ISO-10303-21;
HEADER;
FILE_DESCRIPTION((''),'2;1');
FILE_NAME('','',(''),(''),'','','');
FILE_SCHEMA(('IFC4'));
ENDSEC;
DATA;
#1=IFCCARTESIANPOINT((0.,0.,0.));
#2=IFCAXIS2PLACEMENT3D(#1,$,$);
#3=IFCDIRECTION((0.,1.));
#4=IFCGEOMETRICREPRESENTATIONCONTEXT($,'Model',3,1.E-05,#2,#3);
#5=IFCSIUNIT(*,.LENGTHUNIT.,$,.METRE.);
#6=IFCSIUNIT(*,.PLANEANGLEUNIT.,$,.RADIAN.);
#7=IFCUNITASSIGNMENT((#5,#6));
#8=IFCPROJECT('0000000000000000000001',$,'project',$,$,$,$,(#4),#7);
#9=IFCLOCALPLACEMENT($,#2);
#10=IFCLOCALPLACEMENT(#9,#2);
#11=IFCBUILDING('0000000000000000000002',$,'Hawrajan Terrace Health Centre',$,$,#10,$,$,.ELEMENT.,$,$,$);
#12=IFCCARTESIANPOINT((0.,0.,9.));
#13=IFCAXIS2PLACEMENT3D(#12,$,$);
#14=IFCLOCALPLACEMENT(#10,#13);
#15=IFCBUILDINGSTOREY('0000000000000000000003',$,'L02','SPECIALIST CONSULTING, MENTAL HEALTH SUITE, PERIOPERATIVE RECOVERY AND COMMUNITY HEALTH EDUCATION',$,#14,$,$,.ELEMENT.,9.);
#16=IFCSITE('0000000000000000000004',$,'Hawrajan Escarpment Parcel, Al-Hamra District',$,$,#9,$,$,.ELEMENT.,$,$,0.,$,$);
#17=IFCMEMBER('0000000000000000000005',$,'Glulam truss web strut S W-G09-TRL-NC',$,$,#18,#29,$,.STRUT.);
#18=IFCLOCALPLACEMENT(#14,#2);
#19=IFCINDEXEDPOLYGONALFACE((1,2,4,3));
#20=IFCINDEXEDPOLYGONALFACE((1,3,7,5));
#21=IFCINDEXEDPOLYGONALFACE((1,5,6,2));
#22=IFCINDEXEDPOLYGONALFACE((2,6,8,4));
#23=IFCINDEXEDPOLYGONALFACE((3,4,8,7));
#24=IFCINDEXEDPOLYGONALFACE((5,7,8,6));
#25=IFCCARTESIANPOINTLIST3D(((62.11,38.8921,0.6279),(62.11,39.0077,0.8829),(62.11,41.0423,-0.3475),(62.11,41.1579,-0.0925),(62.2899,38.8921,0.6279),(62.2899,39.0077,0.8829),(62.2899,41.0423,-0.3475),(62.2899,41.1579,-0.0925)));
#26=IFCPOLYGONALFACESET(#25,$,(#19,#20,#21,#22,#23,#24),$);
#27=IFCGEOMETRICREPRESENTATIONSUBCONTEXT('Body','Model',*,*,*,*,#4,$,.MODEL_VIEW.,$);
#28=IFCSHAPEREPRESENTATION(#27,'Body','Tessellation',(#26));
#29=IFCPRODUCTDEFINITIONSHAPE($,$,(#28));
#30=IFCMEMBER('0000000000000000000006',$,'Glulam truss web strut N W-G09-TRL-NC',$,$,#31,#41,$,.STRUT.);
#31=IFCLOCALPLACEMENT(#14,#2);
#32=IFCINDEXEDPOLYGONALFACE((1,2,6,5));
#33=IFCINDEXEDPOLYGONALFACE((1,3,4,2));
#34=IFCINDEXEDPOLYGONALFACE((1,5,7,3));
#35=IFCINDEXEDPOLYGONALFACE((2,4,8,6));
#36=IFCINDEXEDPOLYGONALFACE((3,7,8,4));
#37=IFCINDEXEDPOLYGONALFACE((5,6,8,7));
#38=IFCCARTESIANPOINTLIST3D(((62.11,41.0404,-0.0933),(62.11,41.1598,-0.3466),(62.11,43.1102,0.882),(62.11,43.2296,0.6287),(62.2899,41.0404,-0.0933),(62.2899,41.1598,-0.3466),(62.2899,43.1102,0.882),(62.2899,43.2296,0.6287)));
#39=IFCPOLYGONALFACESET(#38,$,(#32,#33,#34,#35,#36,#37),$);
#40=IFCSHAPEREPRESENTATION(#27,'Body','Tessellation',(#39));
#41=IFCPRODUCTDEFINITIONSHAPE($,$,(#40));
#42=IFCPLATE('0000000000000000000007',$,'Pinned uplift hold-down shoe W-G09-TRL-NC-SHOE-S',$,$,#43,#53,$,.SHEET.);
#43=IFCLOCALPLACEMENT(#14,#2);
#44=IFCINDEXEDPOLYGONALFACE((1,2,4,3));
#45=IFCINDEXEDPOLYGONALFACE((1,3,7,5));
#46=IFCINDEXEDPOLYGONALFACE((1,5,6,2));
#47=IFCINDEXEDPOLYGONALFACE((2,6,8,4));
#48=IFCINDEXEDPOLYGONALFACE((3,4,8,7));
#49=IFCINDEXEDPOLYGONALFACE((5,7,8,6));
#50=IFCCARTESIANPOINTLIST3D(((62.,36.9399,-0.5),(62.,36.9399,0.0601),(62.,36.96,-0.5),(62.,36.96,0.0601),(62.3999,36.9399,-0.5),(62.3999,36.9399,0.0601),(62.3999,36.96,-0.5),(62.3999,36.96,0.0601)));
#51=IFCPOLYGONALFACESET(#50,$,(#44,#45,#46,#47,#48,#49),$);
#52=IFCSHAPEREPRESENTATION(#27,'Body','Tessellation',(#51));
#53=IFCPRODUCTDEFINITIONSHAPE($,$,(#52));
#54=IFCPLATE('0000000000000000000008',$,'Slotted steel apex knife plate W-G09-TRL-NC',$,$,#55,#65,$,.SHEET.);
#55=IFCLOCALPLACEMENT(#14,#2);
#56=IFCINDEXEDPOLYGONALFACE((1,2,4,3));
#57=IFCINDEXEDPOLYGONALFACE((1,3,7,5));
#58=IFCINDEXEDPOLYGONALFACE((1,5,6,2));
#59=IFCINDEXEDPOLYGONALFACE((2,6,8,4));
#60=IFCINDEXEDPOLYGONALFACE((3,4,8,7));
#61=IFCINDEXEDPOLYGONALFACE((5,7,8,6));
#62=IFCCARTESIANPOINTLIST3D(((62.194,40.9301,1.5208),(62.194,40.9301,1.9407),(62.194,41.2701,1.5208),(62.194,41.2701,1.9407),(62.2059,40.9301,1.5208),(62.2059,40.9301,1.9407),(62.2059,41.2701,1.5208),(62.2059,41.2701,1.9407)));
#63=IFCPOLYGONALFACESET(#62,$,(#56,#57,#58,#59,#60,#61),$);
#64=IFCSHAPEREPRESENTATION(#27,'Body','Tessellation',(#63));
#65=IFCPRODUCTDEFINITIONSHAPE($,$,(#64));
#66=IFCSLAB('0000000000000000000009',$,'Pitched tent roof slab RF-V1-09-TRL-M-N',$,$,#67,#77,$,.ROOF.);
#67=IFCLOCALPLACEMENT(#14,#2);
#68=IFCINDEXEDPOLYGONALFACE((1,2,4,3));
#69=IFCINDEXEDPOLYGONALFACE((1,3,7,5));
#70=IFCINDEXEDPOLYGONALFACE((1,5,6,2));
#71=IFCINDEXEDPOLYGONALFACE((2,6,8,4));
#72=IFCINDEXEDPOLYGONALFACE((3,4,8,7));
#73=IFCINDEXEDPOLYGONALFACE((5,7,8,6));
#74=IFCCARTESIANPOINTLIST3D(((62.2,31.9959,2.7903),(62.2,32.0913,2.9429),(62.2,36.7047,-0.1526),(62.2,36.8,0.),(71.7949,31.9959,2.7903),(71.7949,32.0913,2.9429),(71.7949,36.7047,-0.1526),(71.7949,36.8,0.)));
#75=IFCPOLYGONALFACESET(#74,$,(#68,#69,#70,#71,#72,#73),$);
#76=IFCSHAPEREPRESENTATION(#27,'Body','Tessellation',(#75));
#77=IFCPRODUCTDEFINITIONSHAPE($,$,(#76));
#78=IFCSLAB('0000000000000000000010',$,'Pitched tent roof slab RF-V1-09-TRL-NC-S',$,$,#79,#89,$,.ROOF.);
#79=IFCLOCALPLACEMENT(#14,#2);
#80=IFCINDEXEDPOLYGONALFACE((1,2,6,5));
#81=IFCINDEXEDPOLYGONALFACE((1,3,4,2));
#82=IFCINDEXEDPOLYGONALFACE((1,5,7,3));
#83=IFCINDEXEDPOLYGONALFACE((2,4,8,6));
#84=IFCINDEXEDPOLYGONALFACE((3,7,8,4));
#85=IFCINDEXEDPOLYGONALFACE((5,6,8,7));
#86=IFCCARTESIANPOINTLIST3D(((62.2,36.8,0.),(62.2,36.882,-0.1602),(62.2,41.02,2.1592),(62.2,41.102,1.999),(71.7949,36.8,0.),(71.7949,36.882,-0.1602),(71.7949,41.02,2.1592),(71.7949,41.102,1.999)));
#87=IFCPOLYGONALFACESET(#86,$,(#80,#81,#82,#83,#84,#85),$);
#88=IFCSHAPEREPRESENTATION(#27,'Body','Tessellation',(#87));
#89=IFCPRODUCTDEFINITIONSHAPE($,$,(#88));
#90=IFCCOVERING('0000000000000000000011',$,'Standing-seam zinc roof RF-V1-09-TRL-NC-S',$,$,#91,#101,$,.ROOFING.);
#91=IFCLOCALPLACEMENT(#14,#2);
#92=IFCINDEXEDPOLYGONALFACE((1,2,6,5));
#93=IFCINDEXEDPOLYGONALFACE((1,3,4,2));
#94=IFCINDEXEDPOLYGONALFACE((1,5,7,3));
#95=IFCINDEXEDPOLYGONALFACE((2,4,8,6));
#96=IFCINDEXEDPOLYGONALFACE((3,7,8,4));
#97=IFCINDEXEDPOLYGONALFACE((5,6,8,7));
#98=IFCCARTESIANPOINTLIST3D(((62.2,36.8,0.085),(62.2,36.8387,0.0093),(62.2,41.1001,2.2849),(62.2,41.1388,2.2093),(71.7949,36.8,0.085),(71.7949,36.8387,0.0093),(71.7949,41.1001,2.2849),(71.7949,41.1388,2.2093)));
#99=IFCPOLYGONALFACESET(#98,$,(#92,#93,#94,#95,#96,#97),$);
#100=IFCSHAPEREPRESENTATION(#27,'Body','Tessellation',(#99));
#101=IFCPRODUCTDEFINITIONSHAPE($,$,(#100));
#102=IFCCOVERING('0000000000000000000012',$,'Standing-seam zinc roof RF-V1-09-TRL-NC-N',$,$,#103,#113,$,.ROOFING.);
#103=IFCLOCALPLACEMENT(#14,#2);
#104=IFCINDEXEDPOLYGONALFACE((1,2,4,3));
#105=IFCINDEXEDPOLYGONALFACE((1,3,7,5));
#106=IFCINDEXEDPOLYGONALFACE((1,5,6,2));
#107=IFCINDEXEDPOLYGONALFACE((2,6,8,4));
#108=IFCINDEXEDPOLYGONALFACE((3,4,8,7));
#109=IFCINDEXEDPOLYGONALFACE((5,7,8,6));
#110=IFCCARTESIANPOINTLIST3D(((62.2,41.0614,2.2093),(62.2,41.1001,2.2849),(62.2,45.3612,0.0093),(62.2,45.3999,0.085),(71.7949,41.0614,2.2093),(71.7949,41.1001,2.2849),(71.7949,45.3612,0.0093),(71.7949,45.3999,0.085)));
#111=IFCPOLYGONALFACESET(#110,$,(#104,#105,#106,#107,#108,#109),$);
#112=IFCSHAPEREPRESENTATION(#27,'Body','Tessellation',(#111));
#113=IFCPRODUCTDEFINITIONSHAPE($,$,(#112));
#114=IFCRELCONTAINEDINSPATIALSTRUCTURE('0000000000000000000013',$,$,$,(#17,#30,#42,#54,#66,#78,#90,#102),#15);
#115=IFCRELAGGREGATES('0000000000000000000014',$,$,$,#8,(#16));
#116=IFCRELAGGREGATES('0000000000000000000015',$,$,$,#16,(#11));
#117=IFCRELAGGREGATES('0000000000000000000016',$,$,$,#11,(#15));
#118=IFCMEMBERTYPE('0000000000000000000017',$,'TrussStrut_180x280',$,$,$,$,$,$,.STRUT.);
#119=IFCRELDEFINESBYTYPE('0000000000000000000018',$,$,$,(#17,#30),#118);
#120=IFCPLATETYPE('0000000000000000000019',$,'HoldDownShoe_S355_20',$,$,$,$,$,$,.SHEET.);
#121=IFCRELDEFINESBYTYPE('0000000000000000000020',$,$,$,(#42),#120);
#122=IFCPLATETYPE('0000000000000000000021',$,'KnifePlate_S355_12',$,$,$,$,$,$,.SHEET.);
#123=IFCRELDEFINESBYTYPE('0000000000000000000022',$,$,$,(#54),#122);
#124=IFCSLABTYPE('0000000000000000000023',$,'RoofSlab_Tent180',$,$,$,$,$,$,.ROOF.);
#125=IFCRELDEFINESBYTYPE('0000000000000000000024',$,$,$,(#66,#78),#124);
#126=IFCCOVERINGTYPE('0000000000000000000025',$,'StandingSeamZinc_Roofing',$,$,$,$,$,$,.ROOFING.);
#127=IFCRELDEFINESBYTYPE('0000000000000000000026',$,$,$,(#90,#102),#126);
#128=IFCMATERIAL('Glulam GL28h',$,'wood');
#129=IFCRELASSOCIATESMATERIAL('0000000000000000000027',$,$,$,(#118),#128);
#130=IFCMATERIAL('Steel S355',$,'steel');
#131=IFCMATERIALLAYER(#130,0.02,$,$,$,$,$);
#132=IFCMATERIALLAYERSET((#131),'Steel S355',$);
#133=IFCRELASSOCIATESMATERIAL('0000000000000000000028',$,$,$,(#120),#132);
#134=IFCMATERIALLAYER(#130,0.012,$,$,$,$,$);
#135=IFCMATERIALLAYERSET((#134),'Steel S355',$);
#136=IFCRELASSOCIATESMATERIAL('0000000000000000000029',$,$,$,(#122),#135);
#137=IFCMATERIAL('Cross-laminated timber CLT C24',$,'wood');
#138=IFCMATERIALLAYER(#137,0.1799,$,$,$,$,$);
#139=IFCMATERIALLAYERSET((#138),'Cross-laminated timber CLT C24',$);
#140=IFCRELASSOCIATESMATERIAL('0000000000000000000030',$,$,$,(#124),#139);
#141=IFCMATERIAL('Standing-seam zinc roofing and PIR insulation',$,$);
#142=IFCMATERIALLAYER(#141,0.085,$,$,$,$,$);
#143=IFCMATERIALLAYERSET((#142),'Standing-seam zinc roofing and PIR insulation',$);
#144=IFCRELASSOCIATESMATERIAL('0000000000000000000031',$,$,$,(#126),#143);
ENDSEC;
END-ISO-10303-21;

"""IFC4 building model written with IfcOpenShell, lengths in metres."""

from ifc_helpers import new_model, si_unit, direction, frame, origin, origin_2d, place, context, subcontext, project, spatial, polyline, rectangle, outline, extrude, material, layer, layer_set, material_profile, profile_set, type_object, element, save


model = new_model("IFC4")

# Units and contexts
model_context = context("Model", 3, precision=1e-05, world=origin(), true_north=direction((0.0, 1.0)))
body_context = subcontext(model_context, "Body", "Model", "MODEL_VIEW")
ifc_project = project(units=[si_unit("LENGTHUNIT", "METRE"), si_unit("PLANEANGLEUNIT", "RADIAN")], contexts=[model_context])

# Site, building, storey
site_placement = place(None, origin())
site = spatial("IfcSite", under=ifc_project, at=site_placement, Name="Hawrajan Escarpment Parcel, Al-Hamra District", CompositionType="ELEMENT", RefElevation=0.0)
building_placement = place(site_placement, origin())
building = spatial("IfcBuilding", under=site, at=building_placement, Name="Hawrajan Terrace Health Centre", CompositionType="ELEMENT")
storey_placement = place(building_placement, frame((0.0, 0.0, 9.0)))
storey = spatial("IfcBuildingStorey", under=building, at=storey_placement, Name="L02", Description="SPECIALIST CONSULTING, MENTAL HEALTH SUITE, PERIOPERATIVE RECOVERY AND COMMUNITY HEALTH EDUCATION", CompositionType="ELEMENT", Elevation=9.0)

# Shared definitions
ifc_material_1 = material(Name="Glulam GL28h", Category="wood")

# Shared definitions
ifc_material_2 = material(Name="Steel S355", Category="steel")

# Members
ifc_material_profile_1 = material_profile(ifc_material_1, rectangle(XDim=0.1799, YDim=0.28, at=origin_2d()), Name="GL WEB 180x280")
ifc_profile_set_1 = profile_set([ifc_material_profile_1], Name="Glulam GL28h")
member_type_1 = type_object("IfcMemberType", Name="TrussStrut_180x280", PredefinedType="STRUT", material=ifc_profile_set_1)
member_1_placement = place(storey_placement, frame((62.2, 41.1001, -0.22), z_axis=(0.0, -0.910685, 0.413102), x_axis=(1.0, 0.0, 0.0)))
element("IfcMember", 1, at=member_1_placement, inside=storey, type_object=member_type_1, Name="Glulam truss web strut S W-G09-TRL-NC", PredefinedType="STRUT", context=body_context, shape_type="SweptSolid", body=[
    extrude(rectangle(XDim=0.1799, YDim=0.28, at=origin_2d()), origin(), (0.0, 0.0, 1.0), 2.3611),
])
member_2_placement = place(storey_placement, frame((62.2, 41.1001, -0.22), z_axis=(0.0, 0.904599, 0.426265), x_axis=(-1.0, 0.0, 0.0)))
element("IfcMember", 2, at=member_2_placement, inside=storey, type_object=member_type_1, Name="Glulam truss web strut N W-G09-TRL-NC", PredefinedType="STRUT", context=body_context, shape_type="SweptSolid", body=[
    extrude(rectangle(XDim=0.1799, YDim=0.28, at=origin_2d()), origin(), (0.0, 0.0, 1.0), 2.2881),
])

# Plates
ifc_layer_1 = layer(ifc_material_2, 0.02)
ifc_layer_set_1 = layer_set([ifc_layer_1], Name="Steel S355")
plate_type_1 = type_object("IfcPlateType", Name="HoldDownShoe_S355_20", PredefinedType="SHEET", material=ifc_layer_set_1)
plate_1_placement = place(storey_placement, frame((62.2, 36.95, -0.5), z_axis=(0.0, 0.0, 1.0), x_axis=(1.0, 0.0, 0.0)))
element("IfcPlate", 3, at=plate_1_placement, inside=storey, type_object=plate_type_1, Name="Pinned uplift hold-down shoe W-G09-TRL-NC-SHOE-S", PredefinedType="SHEET", context=body_context, shape_type="SweptSolid", body=[
    extrude(rectangle(XDim=0.3999, YDim=0.02, at=origin_2d()), origin(), (0.0, 0.0, 1.0), 0.5601),
])
ifc_layer_2 = layer(ifc_material_2, 0.012)
ifc_layer_set_2 = layer_set([ifc_layer_2], Name="Steel S355")
plate_type_2 = type_object("IfcPlateType", Name="KnifePlate_S355_12", PredefinedType="SHEET", material=ifc_layer_set_2)
plate_2_placement = place(storey_placement, frame((62.2, 41.1001, 1.5208), z_axis=(0.0, 0.0, 1.0), x_axis=(1.0, 0.0, 0.0)))
element("IfcPlate", 4, at=plate_2_placement, inside=storey, type_object=plate_type_2, Name="Slotted steel apex knife plate W-G09-TRL-NC", PredefinedType="SHEET", context=body_context, shape_type="SweptSolid", body=[
    extrude(rectangle(XDim=0.012, YDim=0.3401, at=origin_2d()), origin(), (0.0, 0.0, 1.0), 0.4199),
])

# Slabs
ifc_material_3 = material(Name="Cross-laminated timber CLT C24", Category="wood")
ifc_layer_3 = layer(ifc_material_3, 0.1799)
ifc_layer_set_3 = layer_set([ifc_layer_3], Name="Cross-laminated timber CLT C24")
slab_type = type_object("IfcSlabType", Name="RoofSlab_Tent180", PredefinedType="ROOF", material=ifc_layer_set_3)
slab_1_placement = place(storey_placement, frame((62.2, 32.0913, 2.9429), z_axis=(0.0, 0.529987, 0.848006), x_axis=(1.0, 0.0, 0.0)))
element("IfcSlab", 5, at=slab_1_placement, inside=storey, type_object=slab_type, Name="Pitched tent roof slab RF-V1-09-TRL-M-N", PredefinedType="ROOF", context=body_context, shape_type="SweptSolid", body=[
    extrude(outline(polyline([(0.0, 0.0), (9.595, 0.0), (9.595, 5.5527), (0.0, 5.5527), (0.0, 0.0)])), origin(), (0.0, 0.0, -1.0), 0.1799),
])
slab_2_placement = place(storey_placement, frame((62.2, 36.8, 0.0), z_axis=(0.0, -0.455497, 0.890237), x_axis=(1.0, 0.0, 0.0)))
element("IfcSlab", 6, at=slab_2_placement, inside=storey, type_object=slab_type, Name="Pitched tent roof slab RF-V1-09-TRL-NC-S", PredefinedType="ROOF", context=body_context, shape_type="SweptSolid", body=[
    extrude(outline(polyline([(0.0, 0.0), (9.595, 0.0), (9.595, 4.7403), (0.0, 4.7403), (0.0, 0.0)])), origin(), (0.0, 0.0, -1.0), 0.1799),
])

# Coverings
ifc_material_4 = material(Name="Standing-seam zinc roofing and PIR insulation")
ifc_layer_4 = layer(ifc_material_4, 0.085)
ifc_layer_set_4 = layer_set([ifc_layer_4], Name="Standing-seam zinc roofing and PIR insulation")
covering_type = type_object("IfcCoveringType", Name="StandingSeamZinc_Roofing", PredefinedType="ROOFING", material=ifc_layer_set_4)
covering_1_placement = place(storey_placement, frame((62.2, 36.8, 0.085), z_axis=(0.0, -0.455464, 0.890254), x_axis=(1.0, 0.0, 0.0)))
element("IfcCovering", 7, at=covering_1_placement, inside=storey, type_object=covering_type, Name="Standing-seam zinc roof RF-V1-09-TRL-NC-S", PredefinedType="ROOFING", context=body_context, shape_type="SweptSolid", body=[
    extrude(outline(polyline([(0.0, 0.0), (9.595, 0.0), (9.595, 4.8301), (0.0, 4.8301), (0.0, 0.0)])), origin(), (0.0, 0.0, -1.0), 0.085),
])
covering_2_placement = place(storey_placement, frame((62.2, 41.1001, 2.2849), z_axis=(0.0, 0.455484, 0.890244), x_axis=(1.0, 0.0, 0.0)))
element("IfcCovering", 8, at=covering_2_placement, inside=storey, type_object=covering_type, Name="Standing-seam zinc roof RF-V1-09-TRL-NC-N", PredefinedType="ROOFING", context=body_context, shape_type="SweptSolid", body=[
    extrude(outline(polyline([(0.0, 0.0), (9.595, 0.0), (9.595, 4.8299), (0.0, 4.8299), (0.0, 0.0)])), origin(), (0.0, 0.0, -1.0), 0.085),
])

save(model, "model.ifc")
